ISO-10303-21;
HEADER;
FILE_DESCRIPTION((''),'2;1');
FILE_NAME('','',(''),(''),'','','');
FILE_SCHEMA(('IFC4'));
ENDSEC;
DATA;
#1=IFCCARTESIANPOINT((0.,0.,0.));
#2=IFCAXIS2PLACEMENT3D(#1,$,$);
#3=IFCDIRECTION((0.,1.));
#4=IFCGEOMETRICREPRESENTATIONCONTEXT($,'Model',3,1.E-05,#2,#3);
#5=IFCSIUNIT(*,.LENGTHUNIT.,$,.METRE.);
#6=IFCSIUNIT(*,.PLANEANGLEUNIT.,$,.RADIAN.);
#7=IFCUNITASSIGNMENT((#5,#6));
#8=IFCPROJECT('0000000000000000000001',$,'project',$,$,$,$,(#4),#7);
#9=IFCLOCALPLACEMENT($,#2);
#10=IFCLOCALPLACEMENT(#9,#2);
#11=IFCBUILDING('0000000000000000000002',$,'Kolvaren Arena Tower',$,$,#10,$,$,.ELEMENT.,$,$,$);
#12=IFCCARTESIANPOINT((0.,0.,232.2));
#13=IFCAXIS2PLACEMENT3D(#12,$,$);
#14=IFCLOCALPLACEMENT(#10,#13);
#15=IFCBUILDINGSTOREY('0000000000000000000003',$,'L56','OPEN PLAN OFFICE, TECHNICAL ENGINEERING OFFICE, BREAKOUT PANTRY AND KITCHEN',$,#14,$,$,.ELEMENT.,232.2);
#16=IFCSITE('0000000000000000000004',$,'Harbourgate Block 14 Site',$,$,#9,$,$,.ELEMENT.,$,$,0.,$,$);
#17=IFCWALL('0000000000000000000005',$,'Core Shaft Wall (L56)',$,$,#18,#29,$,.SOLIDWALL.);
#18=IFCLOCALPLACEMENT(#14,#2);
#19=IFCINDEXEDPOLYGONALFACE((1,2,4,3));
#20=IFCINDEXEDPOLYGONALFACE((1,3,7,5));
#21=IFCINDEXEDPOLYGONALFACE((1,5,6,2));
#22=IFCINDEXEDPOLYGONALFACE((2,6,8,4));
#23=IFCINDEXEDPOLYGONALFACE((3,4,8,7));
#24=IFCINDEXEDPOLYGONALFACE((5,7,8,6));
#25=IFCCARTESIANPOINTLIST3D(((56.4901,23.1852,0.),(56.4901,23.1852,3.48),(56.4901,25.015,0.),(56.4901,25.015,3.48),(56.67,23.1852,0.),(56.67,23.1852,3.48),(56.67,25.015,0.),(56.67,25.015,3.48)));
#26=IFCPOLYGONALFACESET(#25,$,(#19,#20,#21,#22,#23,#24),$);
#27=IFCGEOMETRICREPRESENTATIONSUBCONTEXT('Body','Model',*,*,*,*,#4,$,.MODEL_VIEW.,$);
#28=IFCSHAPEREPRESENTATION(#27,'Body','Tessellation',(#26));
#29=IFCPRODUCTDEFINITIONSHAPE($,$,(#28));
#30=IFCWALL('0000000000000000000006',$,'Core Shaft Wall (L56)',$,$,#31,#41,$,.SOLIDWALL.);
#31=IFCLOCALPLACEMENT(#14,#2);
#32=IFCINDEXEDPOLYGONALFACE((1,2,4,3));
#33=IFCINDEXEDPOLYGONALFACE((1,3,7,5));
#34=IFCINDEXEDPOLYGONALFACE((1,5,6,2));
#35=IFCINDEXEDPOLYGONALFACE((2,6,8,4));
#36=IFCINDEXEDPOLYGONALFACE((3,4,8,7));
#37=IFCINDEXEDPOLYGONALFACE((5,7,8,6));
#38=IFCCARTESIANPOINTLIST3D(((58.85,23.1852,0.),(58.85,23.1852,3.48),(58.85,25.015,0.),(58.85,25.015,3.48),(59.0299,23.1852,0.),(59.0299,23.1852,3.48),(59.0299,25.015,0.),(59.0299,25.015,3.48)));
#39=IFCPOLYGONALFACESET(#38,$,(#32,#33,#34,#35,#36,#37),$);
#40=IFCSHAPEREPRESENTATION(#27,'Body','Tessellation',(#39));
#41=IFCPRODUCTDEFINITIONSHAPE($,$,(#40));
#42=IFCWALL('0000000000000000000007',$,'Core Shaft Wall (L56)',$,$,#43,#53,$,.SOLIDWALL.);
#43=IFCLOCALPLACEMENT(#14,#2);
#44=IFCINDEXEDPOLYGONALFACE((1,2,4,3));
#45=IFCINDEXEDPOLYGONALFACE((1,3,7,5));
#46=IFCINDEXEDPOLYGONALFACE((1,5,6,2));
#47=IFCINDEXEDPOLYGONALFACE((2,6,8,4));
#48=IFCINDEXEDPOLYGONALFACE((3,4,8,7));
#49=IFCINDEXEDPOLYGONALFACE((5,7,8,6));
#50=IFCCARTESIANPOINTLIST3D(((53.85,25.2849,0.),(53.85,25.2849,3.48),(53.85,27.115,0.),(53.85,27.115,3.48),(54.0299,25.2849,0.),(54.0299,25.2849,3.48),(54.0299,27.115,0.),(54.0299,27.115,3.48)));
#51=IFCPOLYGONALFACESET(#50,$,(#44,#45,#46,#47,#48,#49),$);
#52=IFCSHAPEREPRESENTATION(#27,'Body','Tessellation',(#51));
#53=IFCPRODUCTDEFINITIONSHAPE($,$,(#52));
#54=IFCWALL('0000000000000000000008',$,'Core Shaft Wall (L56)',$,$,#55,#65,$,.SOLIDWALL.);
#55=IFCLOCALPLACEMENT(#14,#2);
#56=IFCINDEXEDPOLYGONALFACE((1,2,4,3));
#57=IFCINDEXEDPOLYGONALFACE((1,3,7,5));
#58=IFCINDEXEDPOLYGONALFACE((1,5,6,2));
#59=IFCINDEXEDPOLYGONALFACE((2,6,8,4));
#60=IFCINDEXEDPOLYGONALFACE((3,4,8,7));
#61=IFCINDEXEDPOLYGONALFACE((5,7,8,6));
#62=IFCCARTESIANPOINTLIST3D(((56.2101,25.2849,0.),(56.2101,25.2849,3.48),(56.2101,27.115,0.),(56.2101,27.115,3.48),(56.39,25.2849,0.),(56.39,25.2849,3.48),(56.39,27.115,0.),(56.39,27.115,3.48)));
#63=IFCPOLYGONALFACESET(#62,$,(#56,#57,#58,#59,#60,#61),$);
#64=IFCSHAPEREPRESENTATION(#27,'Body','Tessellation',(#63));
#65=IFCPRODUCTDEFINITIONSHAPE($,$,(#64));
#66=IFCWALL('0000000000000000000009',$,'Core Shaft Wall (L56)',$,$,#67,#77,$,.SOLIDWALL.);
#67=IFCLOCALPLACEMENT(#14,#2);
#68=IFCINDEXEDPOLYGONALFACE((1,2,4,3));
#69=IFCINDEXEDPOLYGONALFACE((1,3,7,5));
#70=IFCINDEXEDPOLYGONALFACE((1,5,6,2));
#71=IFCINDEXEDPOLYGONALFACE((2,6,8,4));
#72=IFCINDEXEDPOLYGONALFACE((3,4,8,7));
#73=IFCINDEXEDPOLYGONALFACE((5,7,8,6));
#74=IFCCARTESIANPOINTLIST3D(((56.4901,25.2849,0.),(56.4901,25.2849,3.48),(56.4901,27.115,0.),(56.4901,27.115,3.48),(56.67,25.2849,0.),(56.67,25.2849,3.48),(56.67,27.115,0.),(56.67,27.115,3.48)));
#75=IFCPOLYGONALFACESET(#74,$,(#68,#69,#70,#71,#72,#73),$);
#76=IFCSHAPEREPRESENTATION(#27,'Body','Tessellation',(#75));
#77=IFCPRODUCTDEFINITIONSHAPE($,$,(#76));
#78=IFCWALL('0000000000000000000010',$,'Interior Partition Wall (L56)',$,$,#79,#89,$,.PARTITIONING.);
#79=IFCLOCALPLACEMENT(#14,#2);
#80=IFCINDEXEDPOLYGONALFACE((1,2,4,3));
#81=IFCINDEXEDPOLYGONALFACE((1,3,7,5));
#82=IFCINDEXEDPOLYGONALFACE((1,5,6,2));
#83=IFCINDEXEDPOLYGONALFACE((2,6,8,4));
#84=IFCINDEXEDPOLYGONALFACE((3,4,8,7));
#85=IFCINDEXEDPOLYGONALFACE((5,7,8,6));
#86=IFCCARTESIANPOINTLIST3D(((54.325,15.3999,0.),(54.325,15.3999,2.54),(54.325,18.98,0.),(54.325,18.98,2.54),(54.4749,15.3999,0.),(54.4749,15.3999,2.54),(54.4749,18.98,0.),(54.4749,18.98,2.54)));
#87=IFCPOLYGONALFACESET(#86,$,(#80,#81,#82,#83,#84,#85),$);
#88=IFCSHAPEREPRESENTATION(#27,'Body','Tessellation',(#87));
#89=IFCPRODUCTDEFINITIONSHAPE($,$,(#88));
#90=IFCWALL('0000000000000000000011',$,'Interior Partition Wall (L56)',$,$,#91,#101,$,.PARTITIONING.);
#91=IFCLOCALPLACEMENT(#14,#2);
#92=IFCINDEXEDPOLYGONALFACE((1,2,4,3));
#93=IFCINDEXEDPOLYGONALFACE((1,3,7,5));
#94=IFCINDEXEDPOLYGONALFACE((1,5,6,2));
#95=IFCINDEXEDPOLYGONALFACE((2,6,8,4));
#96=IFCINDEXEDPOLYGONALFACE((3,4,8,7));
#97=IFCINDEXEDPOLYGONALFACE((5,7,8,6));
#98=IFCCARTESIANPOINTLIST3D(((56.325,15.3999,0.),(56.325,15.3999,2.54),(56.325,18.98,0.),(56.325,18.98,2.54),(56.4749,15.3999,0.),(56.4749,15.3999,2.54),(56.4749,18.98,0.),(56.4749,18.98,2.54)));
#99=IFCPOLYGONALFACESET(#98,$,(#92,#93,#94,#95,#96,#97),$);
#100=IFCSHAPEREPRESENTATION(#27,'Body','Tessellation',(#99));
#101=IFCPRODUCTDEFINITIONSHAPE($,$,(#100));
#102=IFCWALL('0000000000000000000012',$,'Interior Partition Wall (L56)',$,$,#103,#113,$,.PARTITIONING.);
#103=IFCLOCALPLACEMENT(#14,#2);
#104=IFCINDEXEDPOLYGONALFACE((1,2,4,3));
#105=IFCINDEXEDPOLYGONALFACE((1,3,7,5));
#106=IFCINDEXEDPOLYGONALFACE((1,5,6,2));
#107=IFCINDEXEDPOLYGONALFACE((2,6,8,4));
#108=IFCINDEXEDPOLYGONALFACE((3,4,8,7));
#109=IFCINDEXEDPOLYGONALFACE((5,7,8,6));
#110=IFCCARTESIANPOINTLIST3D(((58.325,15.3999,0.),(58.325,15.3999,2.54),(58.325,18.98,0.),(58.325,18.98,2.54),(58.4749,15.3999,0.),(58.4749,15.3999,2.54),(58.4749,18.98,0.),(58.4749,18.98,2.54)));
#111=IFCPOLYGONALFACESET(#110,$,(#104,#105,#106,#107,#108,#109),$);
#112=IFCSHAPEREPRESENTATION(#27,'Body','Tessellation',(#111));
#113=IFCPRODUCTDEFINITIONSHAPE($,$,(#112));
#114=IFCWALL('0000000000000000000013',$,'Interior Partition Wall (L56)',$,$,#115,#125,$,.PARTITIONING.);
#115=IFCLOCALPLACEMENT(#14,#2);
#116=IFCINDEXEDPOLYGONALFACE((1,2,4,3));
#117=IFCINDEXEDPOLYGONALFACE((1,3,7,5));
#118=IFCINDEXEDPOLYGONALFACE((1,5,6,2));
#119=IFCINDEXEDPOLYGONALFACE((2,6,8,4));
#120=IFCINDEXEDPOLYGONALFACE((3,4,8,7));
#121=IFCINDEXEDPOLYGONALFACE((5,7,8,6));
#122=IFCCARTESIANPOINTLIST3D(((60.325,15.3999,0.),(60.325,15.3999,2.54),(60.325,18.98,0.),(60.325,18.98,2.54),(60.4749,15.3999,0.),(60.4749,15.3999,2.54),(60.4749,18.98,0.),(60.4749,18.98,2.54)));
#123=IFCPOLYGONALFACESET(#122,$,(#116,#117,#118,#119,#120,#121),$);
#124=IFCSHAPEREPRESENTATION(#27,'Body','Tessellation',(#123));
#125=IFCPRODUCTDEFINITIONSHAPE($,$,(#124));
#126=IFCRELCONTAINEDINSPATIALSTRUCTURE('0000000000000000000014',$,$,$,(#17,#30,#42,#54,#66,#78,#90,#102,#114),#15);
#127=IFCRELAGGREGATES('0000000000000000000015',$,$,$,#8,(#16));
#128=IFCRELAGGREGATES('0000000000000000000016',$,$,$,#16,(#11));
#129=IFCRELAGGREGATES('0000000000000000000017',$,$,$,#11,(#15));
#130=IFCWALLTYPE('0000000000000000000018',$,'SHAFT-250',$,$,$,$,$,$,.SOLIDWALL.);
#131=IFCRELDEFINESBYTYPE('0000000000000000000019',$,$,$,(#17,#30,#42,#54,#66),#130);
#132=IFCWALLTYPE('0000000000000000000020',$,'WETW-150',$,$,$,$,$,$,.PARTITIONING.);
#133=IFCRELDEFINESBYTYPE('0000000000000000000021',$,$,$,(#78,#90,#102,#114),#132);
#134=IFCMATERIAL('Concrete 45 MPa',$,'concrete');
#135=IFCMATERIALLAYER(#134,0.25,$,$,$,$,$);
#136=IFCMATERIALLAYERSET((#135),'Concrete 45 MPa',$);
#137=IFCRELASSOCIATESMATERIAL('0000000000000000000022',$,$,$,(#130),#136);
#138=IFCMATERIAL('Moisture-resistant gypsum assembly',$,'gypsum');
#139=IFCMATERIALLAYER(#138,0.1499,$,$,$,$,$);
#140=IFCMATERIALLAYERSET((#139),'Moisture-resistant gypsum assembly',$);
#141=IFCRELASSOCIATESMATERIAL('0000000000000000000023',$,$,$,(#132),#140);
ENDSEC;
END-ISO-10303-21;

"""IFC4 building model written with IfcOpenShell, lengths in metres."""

from ifc_helpers import new_model, si_unit, direction, frame, frame_2d, origin, place, context, subcontext, project, spatial, rectangle, extrude, material, layer, layer_set, type_object, element, save


model = new_model("IFC4")

# Units and contexts
model_context = context("Model", 3, precision=1e-05, world=origin(), true_north=direction((0.0, 1.0)))
body_context = subcontext(model_context, "Body", "Model", "MODEL_VIEW")
ifc_project = project(units=[si_unit("LENGTHUNIT", "METRE"), si_unit("PLANEANGLEUNIT", "RADIAN")], contexts=[model_context])

# Site, building, storey
site_placement = place(None, origin())
site = spatial("IfcSite", under=ifc_project, at=site_placement, Name="Harbourgate Block 14 Site", CompositionType="ELEMENT", RefElevation=0.0)
building_placement = place(site_placement, origin())
building = spatial("IfcBuilding", under=site, at=building_placement, Name="Kolvaren Arena Tower", CompositionType="ELEMENT")
storey_placement = place(building_placement, frame((0.0, 0.0, 232.2)))
storey = spatial("IfcBuildingStorey", under=building, at=storey_placement, Name="L56", Description="OPEN PLAN OFFICE, TECHNICAL ENGINEERING OFFICE, BREAKOUT PANTRY AND KITCHEN", CompositionType="ELEMENT", Elevation=232.2)

# Shared definitions
ifc_material_1 = material(Name="Concrete 45 MPa", Category="concrete")
ifc_layer_1 = layer(ifc_material_1, 0.25)
ifc_layer_set_1 = layer_set([ifc_layer_1], Name="Concrete 45 MPa")
wall_type_1 = type_object("IfcWallType", Name="SHAFT-250", PredefinedType="SOLIDWALL", material=ifc_layer_set_1)

# Walls
for number, where, z_axis, x_axis, name in (
    (1, (56.5801, 23.1851, 0.0), (0.0, 0.0, 1.0), (0.0, 1.0, 0.0), "Core Shaft Wall (L56)"),
    (2, (58.9399, 23.1851, 0.0), (0.0, 0.0, 1.0), (0.0, 1.0, 0.0), "Core Shaft Wall (L56)"),
):
    element("IfcWall", number, at=place(storey_placement, frame(where, z_axis=z_axis, x_axis=x_axis)), inside=storey, type_object=wall_type_1, Name=name, PredefinedType="SOLIDWALL", context=body_context, shape_type="SweptSolid", body=[
        extrude(rectangle(XDim=1.8298, YDim=0.1799, at=frame_2d((0.915, 0.0))), origin(), (0.0, 0.0, 1.0), 3.48),
    ])
for number, where, z_axis, x_axis, name in (
    (3, (53.9399, 25.2849, 0.0), (0.0, 0.0, 1.0), (0.0, 1.0, 0.0), "Core Shaft Wall (L56)"),
    (4, (56.3, 25.2849, 0.0), (0.0, 0.0, 1.0), (0.0, 1.0, 0.0), "Core Shaft Wall (L56)"),
    (5, (56.5801, 25.2849, 0.0), (0.0, 0.0, 1.0), (0.0, 1.0, 0.0), "Core Shaft Wall (L56)"),
):
    element("IfcWall", number, at=place(storey_placement, frame(where, z_axis=z_axis, x_axis=x_axis)), inside=storey, type_object=wall_type_1, Name=name, PredefinedType="SOLIDWALL", context=body_context, shape_type="SweptSolid", body=[
        extrude(rectangle(XDim=1.8301, YDim=0.1799, at=frame_2d((0.915, 0.0))), origin(), (0.0, 0.0, 1.0), 3.48),
    ])
ifc_material_2 = material(Name="Moisture-resistant gypsum assembly", Category="gypsum")
ifc_layer_2 = layer(ifc_material_2, 0.1499)
ifc_layer_set_2 = layer_set([ifc_layer_2], Name="Moisture-resistant gypsum assembly")
wall_type_2 = type_object("IfcWallType", Name="WETW-150", PredefinedType="PARTITIONING", material=ifc_layer_set_2)
for number, where, z_axis, x_axis, name in (
    (6, (54.3999, 15.3999, 0.0), (0.0, 0.0, 1.0), (0.0, 1.0, 0.0), "Interior Partition Wall (L56)"),
    (7, (56.3999, 15.3999, 0.0), (0.0, 0.0, 1.0), (0.0, 1.0, 0.0), "Interior Partition Wall (L56)"),
    (8, (58.3999, 15.3999, 0.0), (0.0, 0.0, 1.0), (0.0, 1.0, 0.0), "Interior Partition Wall (L56)"),
    (9, (60.3999, 15.3999, 0.0), (0.0, 0.0, 1.0), (0.0, 1.0, 0.0), "Interior Partition Wall (L56)"),
):
    element("IfcWall", number, at=place(storey_placement, frame(where, z_axis=z_axis, x_axis=x_axis)), inside=storey, type_object=wall_type_2, Name=name, PredefinedType="PARTITIONING", context=body_context, shape_type="SweptSolid", body=[
        extrude(rectangle(XDim=3.5801, YDim=0.1499, at=frame_2d((1.79, 0.0))), origin(), (0.0, 0.0, 1.0), 2.54),
    ])

save(model, "model.ifc")
